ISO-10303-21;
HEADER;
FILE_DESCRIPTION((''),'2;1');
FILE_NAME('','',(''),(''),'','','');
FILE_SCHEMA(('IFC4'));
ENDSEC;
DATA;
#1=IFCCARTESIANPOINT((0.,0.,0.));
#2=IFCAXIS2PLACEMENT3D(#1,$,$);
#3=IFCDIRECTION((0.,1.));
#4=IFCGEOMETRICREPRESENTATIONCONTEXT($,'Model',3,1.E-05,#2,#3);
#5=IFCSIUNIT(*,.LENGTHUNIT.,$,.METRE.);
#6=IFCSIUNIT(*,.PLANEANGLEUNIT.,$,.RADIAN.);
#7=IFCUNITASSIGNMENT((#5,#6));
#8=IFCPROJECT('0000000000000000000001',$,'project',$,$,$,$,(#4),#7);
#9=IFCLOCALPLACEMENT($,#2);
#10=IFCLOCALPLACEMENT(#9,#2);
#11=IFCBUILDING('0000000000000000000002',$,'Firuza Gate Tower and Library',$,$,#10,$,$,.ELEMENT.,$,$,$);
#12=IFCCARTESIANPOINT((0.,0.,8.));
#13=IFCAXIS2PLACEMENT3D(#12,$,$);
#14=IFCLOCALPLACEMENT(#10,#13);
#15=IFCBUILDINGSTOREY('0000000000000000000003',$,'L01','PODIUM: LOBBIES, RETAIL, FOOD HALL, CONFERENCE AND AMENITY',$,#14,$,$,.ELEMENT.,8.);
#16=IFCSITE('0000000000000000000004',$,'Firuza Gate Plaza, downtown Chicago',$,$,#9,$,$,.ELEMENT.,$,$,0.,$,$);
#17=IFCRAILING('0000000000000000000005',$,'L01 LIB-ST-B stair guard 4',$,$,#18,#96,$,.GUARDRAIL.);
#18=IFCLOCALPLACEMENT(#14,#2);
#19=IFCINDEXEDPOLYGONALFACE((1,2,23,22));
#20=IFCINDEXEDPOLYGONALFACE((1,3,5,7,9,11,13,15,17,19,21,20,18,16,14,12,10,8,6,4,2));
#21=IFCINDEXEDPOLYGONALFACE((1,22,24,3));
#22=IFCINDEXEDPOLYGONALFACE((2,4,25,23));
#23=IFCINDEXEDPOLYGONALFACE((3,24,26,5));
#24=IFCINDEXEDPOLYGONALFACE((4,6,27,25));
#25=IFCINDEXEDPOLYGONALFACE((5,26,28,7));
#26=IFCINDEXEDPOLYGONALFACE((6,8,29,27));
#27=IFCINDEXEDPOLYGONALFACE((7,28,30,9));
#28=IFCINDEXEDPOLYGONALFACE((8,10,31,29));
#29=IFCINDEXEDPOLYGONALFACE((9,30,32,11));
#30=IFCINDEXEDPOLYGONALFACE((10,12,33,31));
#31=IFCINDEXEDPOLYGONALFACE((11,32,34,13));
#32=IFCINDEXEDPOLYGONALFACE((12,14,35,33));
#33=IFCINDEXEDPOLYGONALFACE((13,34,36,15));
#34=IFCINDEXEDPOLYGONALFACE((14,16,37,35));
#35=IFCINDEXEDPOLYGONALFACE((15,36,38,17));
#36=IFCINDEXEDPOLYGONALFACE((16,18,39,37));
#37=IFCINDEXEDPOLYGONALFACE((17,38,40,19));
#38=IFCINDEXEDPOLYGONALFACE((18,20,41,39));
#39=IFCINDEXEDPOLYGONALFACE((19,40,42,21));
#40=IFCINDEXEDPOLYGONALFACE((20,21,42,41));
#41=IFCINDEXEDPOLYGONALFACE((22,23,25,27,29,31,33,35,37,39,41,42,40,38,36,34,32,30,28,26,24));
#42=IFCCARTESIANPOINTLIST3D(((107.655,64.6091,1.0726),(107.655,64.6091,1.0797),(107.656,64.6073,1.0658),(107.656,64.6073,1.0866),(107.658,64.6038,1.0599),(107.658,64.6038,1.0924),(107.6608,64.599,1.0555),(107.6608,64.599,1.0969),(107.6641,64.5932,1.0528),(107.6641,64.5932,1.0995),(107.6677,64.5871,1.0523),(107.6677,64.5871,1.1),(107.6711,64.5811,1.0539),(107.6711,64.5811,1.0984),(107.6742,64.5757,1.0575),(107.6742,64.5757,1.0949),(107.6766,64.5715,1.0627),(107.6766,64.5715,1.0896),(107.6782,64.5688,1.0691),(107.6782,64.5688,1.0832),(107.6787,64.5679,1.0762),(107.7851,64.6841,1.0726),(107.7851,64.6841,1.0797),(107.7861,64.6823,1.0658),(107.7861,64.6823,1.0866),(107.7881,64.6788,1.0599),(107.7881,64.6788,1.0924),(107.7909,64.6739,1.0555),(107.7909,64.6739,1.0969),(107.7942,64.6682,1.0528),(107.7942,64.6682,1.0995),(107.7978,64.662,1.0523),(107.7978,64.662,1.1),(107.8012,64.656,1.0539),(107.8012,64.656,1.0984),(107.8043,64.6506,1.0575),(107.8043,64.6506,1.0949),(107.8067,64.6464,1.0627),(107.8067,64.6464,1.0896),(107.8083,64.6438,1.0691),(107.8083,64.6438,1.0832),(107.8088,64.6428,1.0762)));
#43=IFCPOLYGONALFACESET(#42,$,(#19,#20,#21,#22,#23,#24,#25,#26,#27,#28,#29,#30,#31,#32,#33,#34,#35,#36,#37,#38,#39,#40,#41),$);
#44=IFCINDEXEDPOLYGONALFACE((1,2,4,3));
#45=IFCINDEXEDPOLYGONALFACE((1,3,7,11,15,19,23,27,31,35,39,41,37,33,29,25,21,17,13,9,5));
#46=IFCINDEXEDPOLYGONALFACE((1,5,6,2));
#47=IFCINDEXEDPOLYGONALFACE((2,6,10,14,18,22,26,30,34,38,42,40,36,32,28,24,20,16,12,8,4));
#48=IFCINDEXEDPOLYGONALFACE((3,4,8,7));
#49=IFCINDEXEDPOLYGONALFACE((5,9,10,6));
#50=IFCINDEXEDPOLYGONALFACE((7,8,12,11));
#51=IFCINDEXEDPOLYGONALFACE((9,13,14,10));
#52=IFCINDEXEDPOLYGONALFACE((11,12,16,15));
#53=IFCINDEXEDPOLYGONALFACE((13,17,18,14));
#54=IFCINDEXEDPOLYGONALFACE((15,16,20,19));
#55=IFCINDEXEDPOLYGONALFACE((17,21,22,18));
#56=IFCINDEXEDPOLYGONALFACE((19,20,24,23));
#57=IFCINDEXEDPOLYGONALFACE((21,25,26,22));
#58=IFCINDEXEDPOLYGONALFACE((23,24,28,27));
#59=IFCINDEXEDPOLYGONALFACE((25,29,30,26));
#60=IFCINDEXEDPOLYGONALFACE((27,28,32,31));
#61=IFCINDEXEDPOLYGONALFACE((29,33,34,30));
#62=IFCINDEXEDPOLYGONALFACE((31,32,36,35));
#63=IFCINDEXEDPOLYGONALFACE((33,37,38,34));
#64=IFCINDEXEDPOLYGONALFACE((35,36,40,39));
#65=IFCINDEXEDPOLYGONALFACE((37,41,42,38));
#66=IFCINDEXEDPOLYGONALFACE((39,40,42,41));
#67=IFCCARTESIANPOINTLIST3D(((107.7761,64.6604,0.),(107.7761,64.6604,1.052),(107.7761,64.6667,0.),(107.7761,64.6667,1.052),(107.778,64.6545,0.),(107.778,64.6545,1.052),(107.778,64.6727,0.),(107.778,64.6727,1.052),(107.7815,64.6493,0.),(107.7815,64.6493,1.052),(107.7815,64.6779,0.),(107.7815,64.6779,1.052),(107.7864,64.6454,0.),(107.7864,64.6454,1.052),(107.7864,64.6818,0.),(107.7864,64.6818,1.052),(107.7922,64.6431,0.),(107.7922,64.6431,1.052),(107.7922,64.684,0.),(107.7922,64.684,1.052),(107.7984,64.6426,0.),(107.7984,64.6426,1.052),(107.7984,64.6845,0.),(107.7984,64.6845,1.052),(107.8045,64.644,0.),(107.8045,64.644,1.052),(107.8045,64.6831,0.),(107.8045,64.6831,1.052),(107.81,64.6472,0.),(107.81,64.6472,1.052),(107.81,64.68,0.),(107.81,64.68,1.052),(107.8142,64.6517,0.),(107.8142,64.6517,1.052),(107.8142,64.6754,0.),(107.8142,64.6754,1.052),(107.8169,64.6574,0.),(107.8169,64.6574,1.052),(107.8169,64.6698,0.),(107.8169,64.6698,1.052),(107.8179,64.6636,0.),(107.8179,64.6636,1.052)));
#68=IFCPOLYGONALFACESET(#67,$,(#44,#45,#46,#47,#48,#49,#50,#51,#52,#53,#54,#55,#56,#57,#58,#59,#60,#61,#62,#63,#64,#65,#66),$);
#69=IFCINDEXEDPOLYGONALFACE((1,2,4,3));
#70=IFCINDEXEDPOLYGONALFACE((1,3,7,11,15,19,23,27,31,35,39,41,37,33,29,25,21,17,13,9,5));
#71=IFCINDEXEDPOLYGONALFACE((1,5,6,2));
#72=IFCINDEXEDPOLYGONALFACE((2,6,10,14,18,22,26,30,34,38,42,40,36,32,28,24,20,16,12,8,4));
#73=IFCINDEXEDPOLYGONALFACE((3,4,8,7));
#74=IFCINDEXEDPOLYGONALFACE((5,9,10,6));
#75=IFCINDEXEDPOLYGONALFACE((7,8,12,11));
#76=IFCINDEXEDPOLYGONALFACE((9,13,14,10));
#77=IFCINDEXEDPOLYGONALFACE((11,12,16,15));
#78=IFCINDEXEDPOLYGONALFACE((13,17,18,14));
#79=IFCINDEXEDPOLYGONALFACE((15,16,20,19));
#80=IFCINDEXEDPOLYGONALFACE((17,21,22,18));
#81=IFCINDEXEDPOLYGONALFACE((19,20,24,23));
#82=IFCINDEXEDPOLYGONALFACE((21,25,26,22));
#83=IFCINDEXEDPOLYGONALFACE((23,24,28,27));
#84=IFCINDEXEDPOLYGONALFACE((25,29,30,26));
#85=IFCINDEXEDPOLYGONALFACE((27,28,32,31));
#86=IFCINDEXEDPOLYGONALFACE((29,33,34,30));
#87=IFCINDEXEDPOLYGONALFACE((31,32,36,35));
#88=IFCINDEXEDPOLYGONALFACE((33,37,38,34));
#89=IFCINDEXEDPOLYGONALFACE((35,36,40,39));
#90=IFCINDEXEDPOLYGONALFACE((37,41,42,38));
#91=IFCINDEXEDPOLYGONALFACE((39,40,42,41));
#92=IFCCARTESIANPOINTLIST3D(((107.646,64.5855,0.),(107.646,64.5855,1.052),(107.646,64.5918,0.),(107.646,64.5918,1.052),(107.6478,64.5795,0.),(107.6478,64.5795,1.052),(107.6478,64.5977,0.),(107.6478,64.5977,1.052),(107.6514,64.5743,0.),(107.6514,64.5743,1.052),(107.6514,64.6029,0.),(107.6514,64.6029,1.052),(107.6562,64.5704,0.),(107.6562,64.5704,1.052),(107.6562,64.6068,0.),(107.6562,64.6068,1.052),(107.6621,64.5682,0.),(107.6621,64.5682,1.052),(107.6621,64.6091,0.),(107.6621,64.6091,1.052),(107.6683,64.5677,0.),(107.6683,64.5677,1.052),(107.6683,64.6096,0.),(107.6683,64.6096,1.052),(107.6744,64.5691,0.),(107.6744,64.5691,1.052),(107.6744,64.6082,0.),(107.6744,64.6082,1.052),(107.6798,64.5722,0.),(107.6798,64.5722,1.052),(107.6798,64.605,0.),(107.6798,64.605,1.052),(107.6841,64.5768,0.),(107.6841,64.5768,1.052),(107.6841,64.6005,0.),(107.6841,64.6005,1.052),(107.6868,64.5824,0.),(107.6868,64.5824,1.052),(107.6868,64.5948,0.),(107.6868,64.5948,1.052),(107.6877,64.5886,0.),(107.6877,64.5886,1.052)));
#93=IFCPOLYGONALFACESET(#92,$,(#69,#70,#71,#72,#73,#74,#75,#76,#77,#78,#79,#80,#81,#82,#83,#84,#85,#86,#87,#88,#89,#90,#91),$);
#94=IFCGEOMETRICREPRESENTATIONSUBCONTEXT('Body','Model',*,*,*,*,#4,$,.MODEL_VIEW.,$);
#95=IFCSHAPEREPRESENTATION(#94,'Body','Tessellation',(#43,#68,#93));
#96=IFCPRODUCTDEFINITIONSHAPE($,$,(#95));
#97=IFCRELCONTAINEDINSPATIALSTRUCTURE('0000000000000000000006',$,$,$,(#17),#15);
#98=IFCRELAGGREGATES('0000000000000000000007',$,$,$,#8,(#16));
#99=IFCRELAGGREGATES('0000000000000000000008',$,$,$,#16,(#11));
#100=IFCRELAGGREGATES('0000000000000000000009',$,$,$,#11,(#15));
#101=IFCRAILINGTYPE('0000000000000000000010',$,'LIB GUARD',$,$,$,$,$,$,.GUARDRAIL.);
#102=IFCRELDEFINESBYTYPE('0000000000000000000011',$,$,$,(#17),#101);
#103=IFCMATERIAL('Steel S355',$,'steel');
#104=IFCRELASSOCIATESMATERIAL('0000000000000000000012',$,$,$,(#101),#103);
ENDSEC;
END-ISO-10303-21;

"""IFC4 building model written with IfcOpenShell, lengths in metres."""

from ifc_helpers import new_model, si_unit, direction, frame, origin, origin_2d, place, context, subcontext, project, spatial, circle, extrude, material, type_object, element, save


model = new_model("IFC4")

# Units and contexts
model_context = context("Model", 3, precision=1e-05, world=origin(), true_north=direction((0.0, 1.0)))
body_context = subcontext(model_context, "Body", "Model", "MODEL_VIEW")
ifc_project = project(units=[si_unit("LENGTHUNIT", "METRE"), si_unit("PLANEANGLEUNIT", "RADIAN")], contexts=[model_context])

# Site, building, storey
site_placement = place(None, origin())
site = spatial("IfcSite", under=ifc_project, at=site_placement, Name="Firuza Gate Plaza, downtown Chicago", CompositionType="ELEMENT", RefElevation=0.0)
building_placement = place(site_placement, origin())
building = spatial("IfcBuilding", under=site, at=building_placement, Name="Firuza Gate Tower and Library", CompositionType="ELEMENT")
storey_placement = place(building_placement, frame((0.0, 0.0, 8.0)))
storey = spatial("IfcBuildingStorey", under=building, at=storey_placement, Name="L01", Description="PODIUM: LOBBIES, RETAIL, FOOD HALL, CONFERENCE AND AMENITY", CompositionType="ELEMENT", Elevation=8.0)

# Railing
ifc_material_1 = material(Name="Steel S355", Category="steel")
railing_type_1 = type_object("IfcRailingType", Name="LIB GUARD", PredefinedType="GUARDRAIL", material=ifc_material_1)
railing_1_placement = place(storey_placement, frame((107.7969, 64.6636, 0.0)))
element("IfcRailing", 1, at=railing_1_placement, inside=storey, type_object=railing_type_1, Name="L01 LIB-ST-B stair guard 4", PredefinedType="GUARDRAIL", context=body_context, shape_type="SweptSolid", body=[
    extrude(circle(Radius=0.0239, at=origin_2d()), frame((0.0, 0.0, 1.0762), z_axis=(-0.866537, -0.499112, 0.0), x_axis=(0.499112, -0.866537, 0.0)), (0.0, 0.0, 1.0), 0.1501),
    extrude(circle(Radius=0.021, at=origin_2d()), origin(), (0.0, 0.0, 1.0), 1.052),
    extrude(circle(Radius=0.021, at=origin_2d()), frame((-0.1301, -0.075, 0.0)), (0.0, 0.0, 1.0), 1.052),
])

save(model, "model.ifc")
